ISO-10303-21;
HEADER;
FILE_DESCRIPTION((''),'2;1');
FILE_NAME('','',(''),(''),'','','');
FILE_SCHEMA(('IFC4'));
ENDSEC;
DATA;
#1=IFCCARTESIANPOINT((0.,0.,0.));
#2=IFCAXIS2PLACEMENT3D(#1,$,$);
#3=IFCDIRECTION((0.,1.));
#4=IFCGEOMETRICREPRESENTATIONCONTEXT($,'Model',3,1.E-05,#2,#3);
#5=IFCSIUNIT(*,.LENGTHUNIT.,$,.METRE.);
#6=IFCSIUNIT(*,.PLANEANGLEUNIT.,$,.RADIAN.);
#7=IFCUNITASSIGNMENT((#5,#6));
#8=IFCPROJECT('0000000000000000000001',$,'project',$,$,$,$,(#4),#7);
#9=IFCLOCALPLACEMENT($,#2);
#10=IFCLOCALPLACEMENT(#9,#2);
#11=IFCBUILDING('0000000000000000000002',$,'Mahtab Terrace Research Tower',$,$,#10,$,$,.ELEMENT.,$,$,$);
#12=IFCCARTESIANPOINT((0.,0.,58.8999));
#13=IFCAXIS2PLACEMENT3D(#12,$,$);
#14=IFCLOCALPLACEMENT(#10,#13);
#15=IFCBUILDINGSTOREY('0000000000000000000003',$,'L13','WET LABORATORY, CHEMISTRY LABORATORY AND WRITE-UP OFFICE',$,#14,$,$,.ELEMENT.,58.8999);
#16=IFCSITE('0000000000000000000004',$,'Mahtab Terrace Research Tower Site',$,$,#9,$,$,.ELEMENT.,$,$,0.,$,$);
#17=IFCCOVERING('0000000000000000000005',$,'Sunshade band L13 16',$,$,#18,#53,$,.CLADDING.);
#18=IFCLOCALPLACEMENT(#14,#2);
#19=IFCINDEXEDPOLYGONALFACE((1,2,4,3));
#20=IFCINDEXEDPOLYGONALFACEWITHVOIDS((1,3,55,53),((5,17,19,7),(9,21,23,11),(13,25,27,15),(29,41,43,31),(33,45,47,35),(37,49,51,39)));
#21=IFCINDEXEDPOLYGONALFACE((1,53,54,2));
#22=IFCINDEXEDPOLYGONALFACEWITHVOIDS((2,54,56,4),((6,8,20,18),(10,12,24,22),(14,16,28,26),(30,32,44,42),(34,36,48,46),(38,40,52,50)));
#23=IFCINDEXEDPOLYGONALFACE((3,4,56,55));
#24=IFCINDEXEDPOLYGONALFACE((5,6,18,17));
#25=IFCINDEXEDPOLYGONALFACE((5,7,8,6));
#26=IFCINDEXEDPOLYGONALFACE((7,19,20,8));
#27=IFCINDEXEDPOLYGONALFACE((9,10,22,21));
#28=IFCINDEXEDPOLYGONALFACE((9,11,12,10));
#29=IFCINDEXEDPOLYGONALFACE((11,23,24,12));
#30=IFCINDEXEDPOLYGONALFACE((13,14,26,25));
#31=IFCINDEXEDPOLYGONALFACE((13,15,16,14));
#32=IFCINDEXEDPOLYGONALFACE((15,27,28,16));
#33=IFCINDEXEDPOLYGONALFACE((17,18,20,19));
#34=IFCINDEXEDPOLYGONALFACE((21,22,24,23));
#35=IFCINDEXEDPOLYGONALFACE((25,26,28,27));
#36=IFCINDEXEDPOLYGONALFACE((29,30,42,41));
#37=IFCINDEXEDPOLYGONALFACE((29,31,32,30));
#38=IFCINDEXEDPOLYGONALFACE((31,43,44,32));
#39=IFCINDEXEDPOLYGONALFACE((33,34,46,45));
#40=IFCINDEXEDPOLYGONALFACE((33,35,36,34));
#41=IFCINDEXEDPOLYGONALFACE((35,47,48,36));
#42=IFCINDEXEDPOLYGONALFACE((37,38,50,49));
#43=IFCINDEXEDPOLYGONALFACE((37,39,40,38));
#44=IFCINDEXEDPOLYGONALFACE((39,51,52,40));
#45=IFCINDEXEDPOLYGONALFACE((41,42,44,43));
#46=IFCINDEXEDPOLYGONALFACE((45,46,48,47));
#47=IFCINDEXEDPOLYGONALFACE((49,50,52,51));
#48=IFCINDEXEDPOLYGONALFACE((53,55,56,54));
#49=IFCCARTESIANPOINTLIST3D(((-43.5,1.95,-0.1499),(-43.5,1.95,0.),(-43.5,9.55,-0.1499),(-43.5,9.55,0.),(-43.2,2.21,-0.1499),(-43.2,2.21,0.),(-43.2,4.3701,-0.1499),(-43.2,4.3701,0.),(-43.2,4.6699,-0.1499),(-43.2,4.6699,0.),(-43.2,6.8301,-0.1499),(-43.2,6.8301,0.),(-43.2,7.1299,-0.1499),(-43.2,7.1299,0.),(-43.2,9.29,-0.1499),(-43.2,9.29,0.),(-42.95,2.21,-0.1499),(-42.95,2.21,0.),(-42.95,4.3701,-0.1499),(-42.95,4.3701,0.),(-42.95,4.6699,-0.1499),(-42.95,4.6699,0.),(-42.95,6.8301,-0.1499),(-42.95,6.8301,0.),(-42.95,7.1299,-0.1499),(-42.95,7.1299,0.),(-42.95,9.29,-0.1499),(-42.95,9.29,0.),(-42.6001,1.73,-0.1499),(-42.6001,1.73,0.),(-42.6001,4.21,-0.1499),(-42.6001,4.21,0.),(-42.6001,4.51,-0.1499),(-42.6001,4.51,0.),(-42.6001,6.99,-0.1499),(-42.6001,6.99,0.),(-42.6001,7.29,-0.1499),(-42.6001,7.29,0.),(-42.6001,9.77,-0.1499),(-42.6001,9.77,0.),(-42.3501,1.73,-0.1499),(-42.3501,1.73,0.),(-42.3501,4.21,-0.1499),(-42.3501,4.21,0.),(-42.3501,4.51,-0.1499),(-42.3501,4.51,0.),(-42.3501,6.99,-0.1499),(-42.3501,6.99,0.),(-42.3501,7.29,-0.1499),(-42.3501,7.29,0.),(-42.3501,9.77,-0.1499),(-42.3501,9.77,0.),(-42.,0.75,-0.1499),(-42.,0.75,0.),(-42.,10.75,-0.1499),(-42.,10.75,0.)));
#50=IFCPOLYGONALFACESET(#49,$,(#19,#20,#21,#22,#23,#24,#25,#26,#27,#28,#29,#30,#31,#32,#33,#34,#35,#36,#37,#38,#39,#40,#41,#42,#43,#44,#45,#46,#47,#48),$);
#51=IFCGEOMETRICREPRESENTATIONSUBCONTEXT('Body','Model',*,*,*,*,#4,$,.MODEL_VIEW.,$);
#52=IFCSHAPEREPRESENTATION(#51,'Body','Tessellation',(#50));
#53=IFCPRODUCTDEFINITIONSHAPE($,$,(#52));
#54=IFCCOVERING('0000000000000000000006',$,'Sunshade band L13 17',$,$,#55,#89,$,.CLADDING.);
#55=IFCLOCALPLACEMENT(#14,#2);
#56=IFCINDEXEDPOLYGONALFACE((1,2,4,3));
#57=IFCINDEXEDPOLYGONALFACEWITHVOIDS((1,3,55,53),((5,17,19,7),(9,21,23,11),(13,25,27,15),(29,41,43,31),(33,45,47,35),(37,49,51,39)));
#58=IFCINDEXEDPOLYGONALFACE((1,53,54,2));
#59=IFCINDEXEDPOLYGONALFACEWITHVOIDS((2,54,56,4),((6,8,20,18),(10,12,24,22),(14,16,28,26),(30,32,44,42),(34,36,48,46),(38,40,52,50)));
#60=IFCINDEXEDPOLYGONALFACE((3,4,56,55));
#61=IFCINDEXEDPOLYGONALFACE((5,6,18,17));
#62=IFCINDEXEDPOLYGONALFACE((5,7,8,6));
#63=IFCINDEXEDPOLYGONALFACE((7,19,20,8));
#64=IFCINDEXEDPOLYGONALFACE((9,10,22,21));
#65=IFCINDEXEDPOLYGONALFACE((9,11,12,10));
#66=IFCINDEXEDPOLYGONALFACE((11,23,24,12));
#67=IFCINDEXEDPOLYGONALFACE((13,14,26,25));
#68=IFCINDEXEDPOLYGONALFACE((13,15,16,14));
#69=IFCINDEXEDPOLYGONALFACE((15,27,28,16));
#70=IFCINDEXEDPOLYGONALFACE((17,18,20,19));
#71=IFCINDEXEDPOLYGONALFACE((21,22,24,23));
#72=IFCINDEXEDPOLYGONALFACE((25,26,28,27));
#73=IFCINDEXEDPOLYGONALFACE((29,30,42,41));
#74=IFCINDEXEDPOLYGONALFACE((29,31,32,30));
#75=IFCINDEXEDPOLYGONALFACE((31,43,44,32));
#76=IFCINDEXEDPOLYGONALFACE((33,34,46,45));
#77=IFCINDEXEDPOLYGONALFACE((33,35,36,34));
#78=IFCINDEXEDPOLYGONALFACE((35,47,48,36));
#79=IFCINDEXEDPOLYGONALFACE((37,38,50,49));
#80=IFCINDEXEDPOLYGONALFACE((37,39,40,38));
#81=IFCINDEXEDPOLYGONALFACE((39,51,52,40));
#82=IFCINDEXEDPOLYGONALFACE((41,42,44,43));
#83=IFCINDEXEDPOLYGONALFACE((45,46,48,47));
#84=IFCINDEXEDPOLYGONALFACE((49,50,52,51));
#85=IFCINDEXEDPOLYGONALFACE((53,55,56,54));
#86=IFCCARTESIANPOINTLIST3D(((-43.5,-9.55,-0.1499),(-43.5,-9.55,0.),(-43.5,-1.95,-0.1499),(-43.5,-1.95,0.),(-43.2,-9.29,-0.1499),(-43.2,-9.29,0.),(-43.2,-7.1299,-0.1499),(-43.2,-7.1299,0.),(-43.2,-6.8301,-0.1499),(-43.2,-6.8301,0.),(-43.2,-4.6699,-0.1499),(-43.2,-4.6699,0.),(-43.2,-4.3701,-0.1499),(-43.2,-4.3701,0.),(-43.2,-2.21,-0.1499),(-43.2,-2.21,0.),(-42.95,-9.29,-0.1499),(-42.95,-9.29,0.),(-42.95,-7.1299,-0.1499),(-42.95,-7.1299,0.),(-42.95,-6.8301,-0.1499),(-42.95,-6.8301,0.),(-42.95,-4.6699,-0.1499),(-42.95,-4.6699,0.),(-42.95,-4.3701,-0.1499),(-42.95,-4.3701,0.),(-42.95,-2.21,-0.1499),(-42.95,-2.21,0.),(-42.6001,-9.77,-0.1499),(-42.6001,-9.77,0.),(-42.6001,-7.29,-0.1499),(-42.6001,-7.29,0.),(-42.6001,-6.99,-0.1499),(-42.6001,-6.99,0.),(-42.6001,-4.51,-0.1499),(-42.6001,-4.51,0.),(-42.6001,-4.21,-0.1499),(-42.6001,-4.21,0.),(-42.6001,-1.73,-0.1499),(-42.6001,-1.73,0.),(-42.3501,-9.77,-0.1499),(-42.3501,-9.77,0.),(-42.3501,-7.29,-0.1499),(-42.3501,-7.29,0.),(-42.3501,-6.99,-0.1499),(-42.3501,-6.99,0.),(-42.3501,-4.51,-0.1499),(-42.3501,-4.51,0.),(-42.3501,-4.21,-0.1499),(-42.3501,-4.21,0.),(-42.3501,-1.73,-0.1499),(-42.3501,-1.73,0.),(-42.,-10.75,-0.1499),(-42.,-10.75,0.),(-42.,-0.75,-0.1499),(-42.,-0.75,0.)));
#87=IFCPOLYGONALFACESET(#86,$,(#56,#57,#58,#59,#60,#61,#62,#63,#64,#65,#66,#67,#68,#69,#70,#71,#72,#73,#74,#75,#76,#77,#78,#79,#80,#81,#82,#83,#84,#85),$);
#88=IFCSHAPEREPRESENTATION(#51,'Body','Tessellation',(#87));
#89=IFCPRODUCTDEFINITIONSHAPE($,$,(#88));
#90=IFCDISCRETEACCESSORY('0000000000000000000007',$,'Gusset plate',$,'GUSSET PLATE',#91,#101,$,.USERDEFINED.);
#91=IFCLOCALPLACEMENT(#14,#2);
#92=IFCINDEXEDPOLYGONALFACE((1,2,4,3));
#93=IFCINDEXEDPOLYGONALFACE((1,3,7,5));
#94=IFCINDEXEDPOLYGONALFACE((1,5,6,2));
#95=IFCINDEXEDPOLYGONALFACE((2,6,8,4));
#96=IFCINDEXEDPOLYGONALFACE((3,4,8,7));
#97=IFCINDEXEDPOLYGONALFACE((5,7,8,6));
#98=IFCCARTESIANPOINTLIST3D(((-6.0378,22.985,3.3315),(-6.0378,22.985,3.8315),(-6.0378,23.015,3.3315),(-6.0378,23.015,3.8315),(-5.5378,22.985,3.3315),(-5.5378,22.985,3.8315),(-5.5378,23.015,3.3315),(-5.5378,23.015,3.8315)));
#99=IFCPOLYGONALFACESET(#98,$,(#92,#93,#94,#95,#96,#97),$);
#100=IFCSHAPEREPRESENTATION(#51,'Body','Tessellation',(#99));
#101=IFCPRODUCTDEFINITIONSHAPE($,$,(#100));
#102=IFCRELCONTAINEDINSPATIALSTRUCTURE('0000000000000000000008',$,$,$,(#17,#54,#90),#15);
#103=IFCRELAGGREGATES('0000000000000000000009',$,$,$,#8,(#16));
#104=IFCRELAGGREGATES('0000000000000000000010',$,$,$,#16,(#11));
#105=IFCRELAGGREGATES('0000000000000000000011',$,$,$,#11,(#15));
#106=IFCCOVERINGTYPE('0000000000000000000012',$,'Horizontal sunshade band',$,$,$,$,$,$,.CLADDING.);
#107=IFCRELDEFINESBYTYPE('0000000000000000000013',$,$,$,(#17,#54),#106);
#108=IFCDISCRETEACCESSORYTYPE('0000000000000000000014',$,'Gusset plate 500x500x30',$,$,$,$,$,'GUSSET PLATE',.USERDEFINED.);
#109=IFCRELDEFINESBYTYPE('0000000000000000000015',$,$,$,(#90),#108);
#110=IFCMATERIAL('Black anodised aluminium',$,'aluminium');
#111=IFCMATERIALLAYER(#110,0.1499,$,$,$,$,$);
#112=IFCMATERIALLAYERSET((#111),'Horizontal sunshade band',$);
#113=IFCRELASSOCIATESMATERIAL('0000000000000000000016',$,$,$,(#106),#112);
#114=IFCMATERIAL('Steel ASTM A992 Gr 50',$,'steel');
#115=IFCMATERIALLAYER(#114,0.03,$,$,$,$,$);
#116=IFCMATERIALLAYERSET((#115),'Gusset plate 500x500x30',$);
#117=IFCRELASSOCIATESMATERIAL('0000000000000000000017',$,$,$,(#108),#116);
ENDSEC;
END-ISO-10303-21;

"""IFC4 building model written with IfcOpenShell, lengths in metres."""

from ifc_helpers import new_model, si_unit, direction, frame, origin, origin_2d, place, context, subcontext, project, spatial, polyline, rectangle, outline, extrude, material, layer, layer_set, type_object, element, save


model = new_model("IFC4")

# Units and contexts
model_context = context("Model", 3, precision=1e-05, world=origin(), true_north=direction((0.0, 1.0)))
body_context = subcontext(model_context, "Body", "Model", "MODEL_VIEW")
ifc_project = project(units=[si_unit("LENGTHUNIT", "METRE"), si_unit("PLANEANGLEUNIT", "RADIAN")], contexts=[model_context])

# Site, building, storey
site_placement = place(None, origin())
site = spatial("IfcSite", under=ifc_project, at=site_placement, Name="Mahtab Terrace Research Tower Site", CompositionType="ELEMENT", RefElevation=0.0)
building_placement = place(site_placement, origin())
building = spatial("IfcBuilding", under=site, at=building_placement, Name="Mahtab Terrace Research Tower", CompositionType="ELEMENT")
storey_placement = place(building_placement, frame((0.0, 0.0, 58.8999)))
storey = spatial("IfcBuildingStorey", under=building, at=storey_placement, Name="L13", Description="WET LABORATORY, CHEMISTRY LABORATORY AND WRITE-UP OFFICE", CompositionType="ELEMENT", Elevation=58.8999)

# Shared definitions
ifc_material_1 = material(Name="Steel ASTM A992 Gr 50", Category="steel")

# Coverings
ifc_material_2 = material(Name="Black anodised aluminium", Category="aluminium")
ifc_layer_1 = layer(ifc_material_2, 0.1499)
ifc_layer_set_1 = layer_set([ifc_layer_1], Name="Horizontal sunshade band")
covering_type = type_object("IfcCoveringType", Name="Horizontal sunshade band", PredefinedType="CLADDING", material=ifc_layer_set_1)
covering_1_placement = place(storey_placement, frame((0.0, 0.0, -0.1499)))
element("IfcCovering", 1, at=covering_1_placement, inside=storey, type_object=covering_type, Name="Sunshade band L13 16", PredefinedType="CLADDING", context=body_context, shape_type="SweptSolid", body=[
    extrude(outline(polyline([(-42.0, 10.75), (-42.0, 0.75), (-43.5, 1.95), (-43.5, 9.55), (-42.0, 10.75)]), holes=[polyline([(-42.3501, 9.77), (-42.3501, 7.29), (-42.6001, 7.29), (-42.6001, 9.77), (-42.3501, 9.77)]), polyline([(-42.3501, 6.99), (-42.3501, 4.51), (-42.6001, 4.51), (-42.6001, 6.99), (-42.3501, 6.99)]), polyline([(-42.3501, 4.21), (-42.3501, 1.73), (-42.6001, 1.73), (-42.6001, 4.21), (-42.3501, 4.21)]), polyline([(-42.95, 9.29), (-42.95, 7.1299), (-43.2, 7.1299), (-43.2, 9.29), (-42.95, 9.29)]), polyline([(-42.95, 6.8301), (-42.95, 4.6699), (-43.2, 4.6699), (-43.2, 6.8301), (-42.95, 6.8301)]), polyline([(-42.95, 4.3701), (-42.95, 2.21), (-43.2, 2.21), (-43.2, 4.3701), (-42.95, 4.3701)])]), origin(), (0.0, 0.0, 1.0), 0.1499),
])
covering_2_placement = place(storey_placement, frame((0.0, 0.0, -0.1499)))
element("IfcCovering", 2, at=covering_2_placement, inside=storey, type_object=covering_type, Name="Sunshade band L13 17", PredefinedType="CLADDING", context=body_context, shape_type="SweptSolid", body=[
    extrude(outline(polyline([(-42.0, -0.75), (-42.0, -10.75), (-43.5, -9.55), (-43.5, -1.95), (-42.0, -0.75)]), holes=[polyline([(-42.3501, -1.73), (-42.3501, -4.21), (-42.6001, -4.21), (-42.6001, -1.73), (-42.3501, -1.73)]), polyline([(-42.3501, -4.51), (-42.3501, -6.99), (-42.6001, -6.99), (-42.6001, -4.51), (-42.3501, -4.51)]), polyline([(-42.3501, -7.29), (-42.3501, -9.77), (-42.6001, -9.77), (-42.6001, -7.29), (-42.3501, -7.29)]), polyline([(-42.95, -2.21), (-42.95, -4.3701), (-43.2, -4.3701), (-43.2, -2.21), (-42.95, -2.21)]), polyline([(-42.95, -4.6699), (-42.95, -6.8301), (-43.2, -6.8301), (-43.2, -4.6699), (-42.95, -4.6699)]), polyline([(-42.95, -7.1299), (-42.95, -9.29), (-43.2, -9.29), (-43.2, -7.1299), (-42.95, -7.1299)])]), origin(), (0.0, 0.0, 1.0), 0.1499),
])

# Discrete accessory
ifc_layer_2 = layer(ifc_material_1, 0.03)
ifc_layer_set_2 = layer_set([ifc_layer_2], Name="Gusset plate 500x500x30")
discrete_accessory_type = type_object("IfcDiscreteAccessoryType", Name="Gusset plate 500x500x30", ElementType="GUSSET PLATE", PredefinedType="USERDEFINED", material=ifc_layer_set_2)
discrete_accessory_placement = place(storey_placement, frame((-5.7878, 23.0, 3.3315), z_axis=(0.0, 0.0, 1.0), x_axis=(1.0, 0.0, 0.0)))
element("IfcDiscreteAccessory", 3, at=discrete_accessory_placement, inside=storey, type_object=discrete_accessory_type, Name="Gusset plate", ObjectType="GUSSET PLATE", PredefinedType="USERDEFINED", context=body_context, shape_type="SweptSolid", body=[
    extrude(rectangle(XDim=0.5, YDim=0.03, at=origin_2d()), origin(), (0.0, 0.0, 1.0), 0.5),
])

save(model, "model.ifc")
